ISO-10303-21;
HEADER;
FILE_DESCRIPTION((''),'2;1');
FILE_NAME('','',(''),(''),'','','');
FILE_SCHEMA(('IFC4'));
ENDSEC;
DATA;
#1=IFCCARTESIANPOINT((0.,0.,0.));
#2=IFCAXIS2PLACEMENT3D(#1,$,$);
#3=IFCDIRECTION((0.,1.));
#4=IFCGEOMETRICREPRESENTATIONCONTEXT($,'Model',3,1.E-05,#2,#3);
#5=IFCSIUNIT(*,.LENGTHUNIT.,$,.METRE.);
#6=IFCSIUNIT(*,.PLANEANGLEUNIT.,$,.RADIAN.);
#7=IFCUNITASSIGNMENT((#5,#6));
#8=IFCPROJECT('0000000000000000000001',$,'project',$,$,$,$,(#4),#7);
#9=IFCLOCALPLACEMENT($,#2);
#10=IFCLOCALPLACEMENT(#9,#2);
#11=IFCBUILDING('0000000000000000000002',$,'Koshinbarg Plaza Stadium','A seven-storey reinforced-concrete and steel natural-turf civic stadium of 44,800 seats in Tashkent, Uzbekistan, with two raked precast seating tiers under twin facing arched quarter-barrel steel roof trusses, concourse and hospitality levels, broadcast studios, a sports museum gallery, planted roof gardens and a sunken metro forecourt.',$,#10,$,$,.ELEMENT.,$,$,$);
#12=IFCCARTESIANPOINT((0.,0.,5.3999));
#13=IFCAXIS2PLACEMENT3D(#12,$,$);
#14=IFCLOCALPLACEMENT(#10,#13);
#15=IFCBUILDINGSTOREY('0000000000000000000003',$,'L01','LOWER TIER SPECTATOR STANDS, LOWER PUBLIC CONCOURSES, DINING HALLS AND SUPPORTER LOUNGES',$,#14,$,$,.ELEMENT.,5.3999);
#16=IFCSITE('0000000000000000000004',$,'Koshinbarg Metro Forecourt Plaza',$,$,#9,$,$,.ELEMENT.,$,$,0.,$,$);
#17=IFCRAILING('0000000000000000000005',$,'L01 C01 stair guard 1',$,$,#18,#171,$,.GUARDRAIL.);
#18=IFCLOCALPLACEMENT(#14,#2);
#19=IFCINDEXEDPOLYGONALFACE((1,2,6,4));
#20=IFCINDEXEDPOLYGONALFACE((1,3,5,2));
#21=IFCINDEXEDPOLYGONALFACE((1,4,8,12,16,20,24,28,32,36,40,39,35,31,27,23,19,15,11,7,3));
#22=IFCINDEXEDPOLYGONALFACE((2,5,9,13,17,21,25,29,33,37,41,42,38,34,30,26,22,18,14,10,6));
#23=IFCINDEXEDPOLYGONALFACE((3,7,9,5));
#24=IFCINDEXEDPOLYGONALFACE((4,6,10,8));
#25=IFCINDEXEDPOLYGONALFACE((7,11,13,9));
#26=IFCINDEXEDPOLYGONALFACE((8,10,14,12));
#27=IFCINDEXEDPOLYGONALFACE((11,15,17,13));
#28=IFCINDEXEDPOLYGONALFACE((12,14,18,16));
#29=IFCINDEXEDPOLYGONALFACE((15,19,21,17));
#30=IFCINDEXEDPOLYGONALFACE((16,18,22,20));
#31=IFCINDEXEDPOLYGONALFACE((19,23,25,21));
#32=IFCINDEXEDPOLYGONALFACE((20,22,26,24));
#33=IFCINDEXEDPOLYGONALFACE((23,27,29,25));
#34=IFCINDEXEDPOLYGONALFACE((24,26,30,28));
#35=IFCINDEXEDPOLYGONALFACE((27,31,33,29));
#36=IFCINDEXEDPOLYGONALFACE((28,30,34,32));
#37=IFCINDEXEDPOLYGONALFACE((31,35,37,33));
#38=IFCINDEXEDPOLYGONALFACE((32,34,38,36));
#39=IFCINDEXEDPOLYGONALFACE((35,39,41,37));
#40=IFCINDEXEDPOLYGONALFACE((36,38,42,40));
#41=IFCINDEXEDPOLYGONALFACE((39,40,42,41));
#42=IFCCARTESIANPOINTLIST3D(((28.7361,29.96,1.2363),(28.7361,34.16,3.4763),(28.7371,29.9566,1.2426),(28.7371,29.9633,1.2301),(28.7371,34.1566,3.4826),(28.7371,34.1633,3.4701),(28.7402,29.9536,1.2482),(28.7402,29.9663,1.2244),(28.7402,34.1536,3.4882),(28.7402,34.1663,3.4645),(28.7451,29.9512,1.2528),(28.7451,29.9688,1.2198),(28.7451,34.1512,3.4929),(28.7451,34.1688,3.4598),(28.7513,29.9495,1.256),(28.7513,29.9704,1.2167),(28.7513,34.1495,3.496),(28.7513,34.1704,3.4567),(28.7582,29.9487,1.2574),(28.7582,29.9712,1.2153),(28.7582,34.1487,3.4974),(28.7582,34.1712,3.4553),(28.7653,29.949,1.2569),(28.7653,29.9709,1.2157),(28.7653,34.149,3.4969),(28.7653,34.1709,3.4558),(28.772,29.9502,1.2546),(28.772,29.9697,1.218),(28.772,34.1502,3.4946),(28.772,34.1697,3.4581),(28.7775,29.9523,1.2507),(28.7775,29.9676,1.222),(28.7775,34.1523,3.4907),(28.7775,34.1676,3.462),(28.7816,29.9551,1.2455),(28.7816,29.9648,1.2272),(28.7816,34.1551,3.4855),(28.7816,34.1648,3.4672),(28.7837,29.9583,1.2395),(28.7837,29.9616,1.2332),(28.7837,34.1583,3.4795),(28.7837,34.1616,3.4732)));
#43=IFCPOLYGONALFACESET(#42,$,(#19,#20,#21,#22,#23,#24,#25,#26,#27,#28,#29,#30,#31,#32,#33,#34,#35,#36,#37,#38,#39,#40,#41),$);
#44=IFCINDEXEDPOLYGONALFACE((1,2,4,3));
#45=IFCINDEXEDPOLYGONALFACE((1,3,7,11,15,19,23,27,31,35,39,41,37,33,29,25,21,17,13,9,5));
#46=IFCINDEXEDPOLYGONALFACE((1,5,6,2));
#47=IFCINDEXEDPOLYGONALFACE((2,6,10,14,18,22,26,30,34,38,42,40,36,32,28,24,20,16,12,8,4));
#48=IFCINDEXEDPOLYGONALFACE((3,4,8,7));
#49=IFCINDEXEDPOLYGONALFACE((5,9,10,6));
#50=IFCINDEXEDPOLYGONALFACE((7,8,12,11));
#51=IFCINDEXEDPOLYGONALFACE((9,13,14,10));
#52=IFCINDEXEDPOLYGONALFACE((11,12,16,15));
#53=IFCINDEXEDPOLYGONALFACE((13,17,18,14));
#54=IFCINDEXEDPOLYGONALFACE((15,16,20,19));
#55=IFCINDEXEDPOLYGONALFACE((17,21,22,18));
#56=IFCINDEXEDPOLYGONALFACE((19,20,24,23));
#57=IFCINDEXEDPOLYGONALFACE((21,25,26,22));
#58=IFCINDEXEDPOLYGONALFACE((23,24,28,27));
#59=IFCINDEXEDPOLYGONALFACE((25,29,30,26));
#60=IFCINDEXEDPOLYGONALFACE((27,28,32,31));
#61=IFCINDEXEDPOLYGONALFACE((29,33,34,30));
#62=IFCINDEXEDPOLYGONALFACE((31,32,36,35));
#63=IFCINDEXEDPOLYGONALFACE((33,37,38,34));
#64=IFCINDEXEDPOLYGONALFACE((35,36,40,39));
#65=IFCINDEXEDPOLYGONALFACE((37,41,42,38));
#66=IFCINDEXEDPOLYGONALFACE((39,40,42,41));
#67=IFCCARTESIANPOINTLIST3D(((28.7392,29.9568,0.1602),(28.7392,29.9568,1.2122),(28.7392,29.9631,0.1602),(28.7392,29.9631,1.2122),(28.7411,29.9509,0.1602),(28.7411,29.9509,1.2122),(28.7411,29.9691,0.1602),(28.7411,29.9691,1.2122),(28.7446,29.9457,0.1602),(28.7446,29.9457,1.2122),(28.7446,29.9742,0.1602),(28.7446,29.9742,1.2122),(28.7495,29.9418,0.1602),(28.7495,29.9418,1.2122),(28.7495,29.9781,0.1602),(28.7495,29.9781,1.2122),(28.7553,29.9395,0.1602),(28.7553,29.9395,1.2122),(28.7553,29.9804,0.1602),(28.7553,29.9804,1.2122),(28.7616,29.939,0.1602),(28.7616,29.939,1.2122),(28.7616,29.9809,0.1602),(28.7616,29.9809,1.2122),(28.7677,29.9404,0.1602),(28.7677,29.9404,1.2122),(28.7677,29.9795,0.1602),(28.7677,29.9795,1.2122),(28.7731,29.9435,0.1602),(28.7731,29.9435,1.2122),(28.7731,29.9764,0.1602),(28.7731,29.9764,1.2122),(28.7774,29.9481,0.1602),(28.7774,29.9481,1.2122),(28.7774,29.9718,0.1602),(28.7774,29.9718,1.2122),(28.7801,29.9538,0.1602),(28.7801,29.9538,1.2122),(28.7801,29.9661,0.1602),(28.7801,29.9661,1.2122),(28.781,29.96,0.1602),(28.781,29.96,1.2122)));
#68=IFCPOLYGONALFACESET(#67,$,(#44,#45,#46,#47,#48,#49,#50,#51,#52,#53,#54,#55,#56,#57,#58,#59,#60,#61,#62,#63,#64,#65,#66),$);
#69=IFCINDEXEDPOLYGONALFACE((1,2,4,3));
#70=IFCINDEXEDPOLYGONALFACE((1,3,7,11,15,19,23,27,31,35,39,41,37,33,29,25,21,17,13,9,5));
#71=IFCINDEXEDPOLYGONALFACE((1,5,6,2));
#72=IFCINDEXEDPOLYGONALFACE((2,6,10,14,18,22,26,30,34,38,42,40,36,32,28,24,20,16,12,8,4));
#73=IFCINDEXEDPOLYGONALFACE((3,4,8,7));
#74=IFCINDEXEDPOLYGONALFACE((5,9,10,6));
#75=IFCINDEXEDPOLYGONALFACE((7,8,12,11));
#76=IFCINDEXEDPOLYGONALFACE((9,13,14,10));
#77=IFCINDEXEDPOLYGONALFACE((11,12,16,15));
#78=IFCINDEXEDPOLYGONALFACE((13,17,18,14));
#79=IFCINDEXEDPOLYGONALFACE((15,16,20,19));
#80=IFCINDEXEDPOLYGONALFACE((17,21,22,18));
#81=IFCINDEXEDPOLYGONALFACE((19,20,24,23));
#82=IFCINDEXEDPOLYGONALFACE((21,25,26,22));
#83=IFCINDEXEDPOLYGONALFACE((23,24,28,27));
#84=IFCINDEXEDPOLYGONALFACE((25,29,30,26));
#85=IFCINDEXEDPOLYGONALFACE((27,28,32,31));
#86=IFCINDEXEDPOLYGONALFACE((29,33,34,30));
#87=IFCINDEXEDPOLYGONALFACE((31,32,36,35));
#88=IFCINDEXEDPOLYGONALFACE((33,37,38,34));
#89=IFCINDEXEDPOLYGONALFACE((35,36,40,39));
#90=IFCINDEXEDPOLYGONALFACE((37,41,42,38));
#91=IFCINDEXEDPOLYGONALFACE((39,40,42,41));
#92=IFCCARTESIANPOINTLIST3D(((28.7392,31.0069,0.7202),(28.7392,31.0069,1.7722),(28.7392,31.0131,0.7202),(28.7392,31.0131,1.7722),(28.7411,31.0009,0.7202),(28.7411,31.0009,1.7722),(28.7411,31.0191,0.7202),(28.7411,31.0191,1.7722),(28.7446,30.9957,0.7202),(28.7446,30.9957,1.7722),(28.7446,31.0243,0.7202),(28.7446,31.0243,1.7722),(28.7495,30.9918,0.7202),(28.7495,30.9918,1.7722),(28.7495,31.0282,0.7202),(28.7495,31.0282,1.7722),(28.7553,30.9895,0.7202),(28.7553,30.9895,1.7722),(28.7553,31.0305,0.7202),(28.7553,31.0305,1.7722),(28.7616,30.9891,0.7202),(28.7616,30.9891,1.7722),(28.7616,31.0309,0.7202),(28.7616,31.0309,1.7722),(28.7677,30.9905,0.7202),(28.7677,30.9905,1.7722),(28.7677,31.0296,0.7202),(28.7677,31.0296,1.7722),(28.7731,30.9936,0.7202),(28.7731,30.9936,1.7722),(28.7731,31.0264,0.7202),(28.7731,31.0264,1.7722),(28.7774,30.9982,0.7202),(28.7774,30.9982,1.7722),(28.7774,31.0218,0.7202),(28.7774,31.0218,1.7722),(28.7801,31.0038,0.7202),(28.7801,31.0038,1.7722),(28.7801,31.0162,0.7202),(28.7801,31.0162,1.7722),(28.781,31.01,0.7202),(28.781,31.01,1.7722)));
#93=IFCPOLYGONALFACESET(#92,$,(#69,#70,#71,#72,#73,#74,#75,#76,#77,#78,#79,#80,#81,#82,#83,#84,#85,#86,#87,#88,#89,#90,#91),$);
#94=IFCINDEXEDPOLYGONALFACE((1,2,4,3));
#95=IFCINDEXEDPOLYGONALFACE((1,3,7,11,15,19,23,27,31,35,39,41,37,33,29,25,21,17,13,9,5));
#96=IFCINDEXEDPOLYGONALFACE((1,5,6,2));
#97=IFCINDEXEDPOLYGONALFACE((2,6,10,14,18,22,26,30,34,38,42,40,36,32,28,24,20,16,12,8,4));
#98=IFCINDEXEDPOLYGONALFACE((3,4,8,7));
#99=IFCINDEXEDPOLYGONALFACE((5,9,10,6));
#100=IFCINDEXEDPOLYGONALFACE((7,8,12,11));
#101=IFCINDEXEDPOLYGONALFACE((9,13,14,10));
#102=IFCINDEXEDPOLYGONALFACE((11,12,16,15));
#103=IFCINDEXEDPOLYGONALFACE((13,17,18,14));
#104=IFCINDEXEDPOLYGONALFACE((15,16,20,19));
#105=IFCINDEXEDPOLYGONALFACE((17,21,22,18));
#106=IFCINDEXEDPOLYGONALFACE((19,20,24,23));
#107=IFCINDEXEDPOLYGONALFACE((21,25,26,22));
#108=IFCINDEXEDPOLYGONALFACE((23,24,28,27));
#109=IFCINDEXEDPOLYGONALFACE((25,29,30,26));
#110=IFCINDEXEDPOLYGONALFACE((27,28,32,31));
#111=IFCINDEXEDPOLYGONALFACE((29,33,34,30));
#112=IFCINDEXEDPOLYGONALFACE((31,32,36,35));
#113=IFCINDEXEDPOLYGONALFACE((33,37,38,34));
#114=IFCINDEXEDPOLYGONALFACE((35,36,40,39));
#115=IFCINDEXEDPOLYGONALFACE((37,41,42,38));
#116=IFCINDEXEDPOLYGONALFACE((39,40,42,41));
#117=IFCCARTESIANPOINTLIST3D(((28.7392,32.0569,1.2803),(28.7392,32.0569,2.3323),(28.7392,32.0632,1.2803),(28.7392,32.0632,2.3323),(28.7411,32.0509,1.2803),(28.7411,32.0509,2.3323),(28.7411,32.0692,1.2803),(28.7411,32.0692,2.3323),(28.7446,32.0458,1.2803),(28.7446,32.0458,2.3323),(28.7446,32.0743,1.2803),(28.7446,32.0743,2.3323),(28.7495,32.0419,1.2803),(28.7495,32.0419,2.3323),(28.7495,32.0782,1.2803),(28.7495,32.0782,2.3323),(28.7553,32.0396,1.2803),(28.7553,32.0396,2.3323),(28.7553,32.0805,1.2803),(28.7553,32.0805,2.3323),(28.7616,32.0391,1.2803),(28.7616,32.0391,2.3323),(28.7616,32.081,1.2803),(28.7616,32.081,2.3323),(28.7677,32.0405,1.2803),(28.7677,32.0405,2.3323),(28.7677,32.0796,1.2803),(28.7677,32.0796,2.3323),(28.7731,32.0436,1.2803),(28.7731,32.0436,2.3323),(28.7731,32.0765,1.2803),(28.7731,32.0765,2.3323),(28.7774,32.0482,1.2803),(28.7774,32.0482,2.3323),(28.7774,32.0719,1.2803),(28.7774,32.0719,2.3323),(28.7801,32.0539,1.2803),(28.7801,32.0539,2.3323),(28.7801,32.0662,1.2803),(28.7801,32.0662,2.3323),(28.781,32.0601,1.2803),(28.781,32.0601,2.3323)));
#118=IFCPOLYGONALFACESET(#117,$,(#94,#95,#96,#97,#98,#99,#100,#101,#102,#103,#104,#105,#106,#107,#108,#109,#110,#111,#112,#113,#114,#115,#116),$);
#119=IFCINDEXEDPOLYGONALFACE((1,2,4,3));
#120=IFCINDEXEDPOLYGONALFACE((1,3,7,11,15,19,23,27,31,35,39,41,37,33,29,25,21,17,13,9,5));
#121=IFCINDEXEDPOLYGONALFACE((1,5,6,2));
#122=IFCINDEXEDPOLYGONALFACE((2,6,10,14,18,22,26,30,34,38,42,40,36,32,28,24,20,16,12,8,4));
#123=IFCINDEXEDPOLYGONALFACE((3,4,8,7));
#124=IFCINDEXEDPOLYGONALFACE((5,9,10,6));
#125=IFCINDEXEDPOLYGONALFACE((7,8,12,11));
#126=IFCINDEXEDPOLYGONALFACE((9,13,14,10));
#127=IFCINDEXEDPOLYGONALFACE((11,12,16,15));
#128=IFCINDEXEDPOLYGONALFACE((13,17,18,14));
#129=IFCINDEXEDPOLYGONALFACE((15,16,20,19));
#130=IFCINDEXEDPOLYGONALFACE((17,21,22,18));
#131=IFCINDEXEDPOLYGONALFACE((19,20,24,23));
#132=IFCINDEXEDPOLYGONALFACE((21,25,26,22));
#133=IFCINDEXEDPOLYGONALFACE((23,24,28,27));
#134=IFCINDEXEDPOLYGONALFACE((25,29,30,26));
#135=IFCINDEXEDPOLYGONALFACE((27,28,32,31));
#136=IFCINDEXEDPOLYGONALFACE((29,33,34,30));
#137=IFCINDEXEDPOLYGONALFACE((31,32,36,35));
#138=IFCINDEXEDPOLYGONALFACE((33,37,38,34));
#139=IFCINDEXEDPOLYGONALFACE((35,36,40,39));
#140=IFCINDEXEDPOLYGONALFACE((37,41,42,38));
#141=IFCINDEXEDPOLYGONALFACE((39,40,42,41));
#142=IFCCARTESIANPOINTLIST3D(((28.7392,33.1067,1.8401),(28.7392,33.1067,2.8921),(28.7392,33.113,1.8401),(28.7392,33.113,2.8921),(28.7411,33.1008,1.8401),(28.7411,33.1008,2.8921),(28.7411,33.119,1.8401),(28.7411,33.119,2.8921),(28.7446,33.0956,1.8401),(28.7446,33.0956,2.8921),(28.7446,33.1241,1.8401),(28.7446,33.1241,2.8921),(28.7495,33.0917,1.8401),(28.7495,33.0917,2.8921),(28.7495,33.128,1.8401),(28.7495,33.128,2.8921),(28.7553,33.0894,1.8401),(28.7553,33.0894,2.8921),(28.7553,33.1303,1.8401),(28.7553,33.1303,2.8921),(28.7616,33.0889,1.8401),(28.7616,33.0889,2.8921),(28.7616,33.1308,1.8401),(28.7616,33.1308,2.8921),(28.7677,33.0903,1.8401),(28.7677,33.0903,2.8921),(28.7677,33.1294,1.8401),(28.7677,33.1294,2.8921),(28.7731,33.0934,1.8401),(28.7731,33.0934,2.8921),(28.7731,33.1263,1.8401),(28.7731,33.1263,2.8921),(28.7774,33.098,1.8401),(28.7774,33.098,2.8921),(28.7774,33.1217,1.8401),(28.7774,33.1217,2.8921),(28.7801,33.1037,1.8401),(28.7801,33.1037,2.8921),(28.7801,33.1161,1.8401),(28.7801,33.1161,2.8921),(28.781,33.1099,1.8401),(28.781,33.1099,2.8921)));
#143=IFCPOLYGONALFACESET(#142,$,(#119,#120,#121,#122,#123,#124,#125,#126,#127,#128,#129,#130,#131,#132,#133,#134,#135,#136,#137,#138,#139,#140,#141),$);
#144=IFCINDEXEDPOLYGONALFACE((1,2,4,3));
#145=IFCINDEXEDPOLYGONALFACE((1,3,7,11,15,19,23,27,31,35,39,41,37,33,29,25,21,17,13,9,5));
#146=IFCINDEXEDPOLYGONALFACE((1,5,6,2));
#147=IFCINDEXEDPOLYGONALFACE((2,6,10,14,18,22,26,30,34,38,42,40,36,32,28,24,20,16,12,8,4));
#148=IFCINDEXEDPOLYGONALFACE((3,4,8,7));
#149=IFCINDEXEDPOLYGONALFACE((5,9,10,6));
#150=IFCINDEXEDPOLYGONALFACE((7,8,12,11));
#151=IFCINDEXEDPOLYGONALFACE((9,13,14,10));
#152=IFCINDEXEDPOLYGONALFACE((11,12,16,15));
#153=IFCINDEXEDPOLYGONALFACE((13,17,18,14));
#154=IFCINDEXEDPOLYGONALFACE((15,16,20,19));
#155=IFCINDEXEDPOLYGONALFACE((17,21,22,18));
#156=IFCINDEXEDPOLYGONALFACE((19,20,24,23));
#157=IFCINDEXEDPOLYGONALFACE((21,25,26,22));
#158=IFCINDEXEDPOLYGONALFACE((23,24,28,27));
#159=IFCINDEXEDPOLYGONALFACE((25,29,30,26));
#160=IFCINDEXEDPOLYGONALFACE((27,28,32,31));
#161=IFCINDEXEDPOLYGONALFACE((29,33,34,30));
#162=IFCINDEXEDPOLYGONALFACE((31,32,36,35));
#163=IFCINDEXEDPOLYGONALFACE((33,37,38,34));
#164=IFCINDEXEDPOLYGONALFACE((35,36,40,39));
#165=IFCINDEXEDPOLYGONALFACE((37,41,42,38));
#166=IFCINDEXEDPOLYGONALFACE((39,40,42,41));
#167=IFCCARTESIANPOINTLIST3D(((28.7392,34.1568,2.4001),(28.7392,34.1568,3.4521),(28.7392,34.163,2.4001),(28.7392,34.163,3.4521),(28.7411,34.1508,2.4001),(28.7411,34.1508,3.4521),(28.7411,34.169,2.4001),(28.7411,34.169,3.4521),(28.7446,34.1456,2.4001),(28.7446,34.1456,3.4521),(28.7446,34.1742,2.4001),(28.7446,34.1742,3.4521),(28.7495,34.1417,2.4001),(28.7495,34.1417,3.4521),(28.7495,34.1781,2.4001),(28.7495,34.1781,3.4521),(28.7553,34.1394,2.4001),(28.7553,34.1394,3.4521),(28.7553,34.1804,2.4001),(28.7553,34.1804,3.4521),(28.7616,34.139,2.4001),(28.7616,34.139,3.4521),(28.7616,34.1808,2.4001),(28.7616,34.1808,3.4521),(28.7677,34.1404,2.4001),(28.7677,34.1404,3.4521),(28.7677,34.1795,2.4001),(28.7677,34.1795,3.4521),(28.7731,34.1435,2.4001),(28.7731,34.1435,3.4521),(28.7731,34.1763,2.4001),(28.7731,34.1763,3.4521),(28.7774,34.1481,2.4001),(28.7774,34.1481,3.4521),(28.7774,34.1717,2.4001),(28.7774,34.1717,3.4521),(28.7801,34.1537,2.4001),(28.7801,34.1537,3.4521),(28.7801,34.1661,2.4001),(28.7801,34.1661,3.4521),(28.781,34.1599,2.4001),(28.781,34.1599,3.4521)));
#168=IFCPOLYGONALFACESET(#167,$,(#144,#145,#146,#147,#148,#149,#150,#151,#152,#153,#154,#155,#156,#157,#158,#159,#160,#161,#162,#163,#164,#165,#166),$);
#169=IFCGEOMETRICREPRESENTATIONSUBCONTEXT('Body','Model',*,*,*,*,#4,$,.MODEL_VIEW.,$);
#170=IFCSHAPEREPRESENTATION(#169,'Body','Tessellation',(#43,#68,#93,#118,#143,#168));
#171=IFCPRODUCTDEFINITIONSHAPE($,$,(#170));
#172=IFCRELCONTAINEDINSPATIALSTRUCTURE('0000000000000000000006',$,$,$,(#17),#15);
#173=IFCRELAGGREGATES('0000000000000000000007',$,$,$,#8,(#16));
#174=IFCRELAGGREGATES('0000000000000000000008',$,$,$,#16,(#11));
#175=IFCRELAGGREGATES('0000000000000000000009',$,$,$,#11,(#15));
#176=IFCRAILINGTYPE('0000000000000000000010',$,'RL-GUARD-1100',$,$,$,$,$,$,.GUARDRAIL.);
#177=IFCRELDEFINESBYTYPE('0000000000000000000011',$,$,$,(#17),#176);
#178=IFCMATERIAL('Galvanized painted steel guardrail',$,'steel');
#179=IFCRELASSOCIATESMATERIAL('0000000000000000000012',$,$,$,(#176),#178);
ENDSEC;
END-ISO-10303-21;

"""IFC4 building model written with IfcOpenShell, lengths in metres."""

from ifc_helpers import new_model, si_unit, direction, frame, origin, origin_2d, place, context, subcontext, project, spatial, circle, extrude, material, type_object, element, save


model = new_model("IFC4")

# Units and contexts
model_context = context("Model", 3, precision=1e-05, world=origin(), true_north=direction((0.0, 1.0)))
body_context = subcontext(model_context, "Body", "Model", "MODEL_VIEW")
ifc_project = project(units=[si_unit("LENGTHUNIT", "METRE"), si_unit("PLANEANGLEUNIT", "RADIAN")], contexts=[model_context])

# Site, building, storey
site_placement = place(None, origin())
site = spatial("IfcSite", under=ifc_project, at=site_placement, Name="Koshinbarg Metro Forecourt Plaza", CompositionType="ELEMENT", RefElevation=0.0)
building_placement = place(site_placement, origin())
building = spatial("IfcBuilding", under=site, at=building_placement, Name="Koshinbarg Plaza Stadium", Description="A seven-storey reinforced-concrete and steel natural-turf civic stadium of 44,800 seats in Tashkent, Uzbekistan, with two raked precast seating tiers under twin facing arched quarter-barrel steel roof trusses, concourse and hospitality levels, broadcast studios, a sports museum gallery, planted roof gardens and a sunken metro forecourt.", CompositionType="ELEMENT")
storey_placement = place(building_placement, frame((0.0, 0.0, 5.3999)))
storey = spatial("IfcBuildingStorey", under=building, at=storey_placement, Name="L01", Description="LOWER TIER SPECTATOR STANDS, LOWER PUBLIC CONCOURSES, DINING HALLS AND SUPPORTER LOUNGES", CompositionType="ELEMENT", Elevation=5.3999)

# Railing
ifc_material_1 = material(Name="Galvanized painted steel guardrail", Category="steel")
railing_type_1 = type_object("IfcRailingType", Name="RL-GUARD-1100", PredefinedType="GUARDRAIL", material=ifc_material_1)
railing_1_placement = place(storey_placement, frame((28.76, 29.96, 0.1602)))
element("IfcRailing", 1, at=railing_1_placement, inside=storey, type_object=railing_type_1, Name="L01 C01 stair guard 1", PredefinedType="GUARDRAIL", context=body_context, shape_type="SweptSolid", body=[
    extrude(circle(Radius=0.0239, at=origin_2d()), frame((0.0, 0.0, 1.0762), z_axis=(0.0, 0.882352, 0.470591), x_axis=(-1.0, 0.0, 0.0)), (0.0, 0.0, 1.0), 4.76),
    extrude(circle(Radius=0.021, at=origin_2d()), origin(), (0.0, 0.0, 1.0), 1.052),
    extrude(circle(Radius=0.021, at=origin_2d()), frame((0.0, 1.05, 0.5601)), (0.0, 0.0, 1.0), 1.052),
    extrude(circle(Radius=0.021, at=origin_2d()), frame((0.0, 2.1001, 1.1201)), (0.0, 0.0, 1.0), 1.052),
    extrude(circle(Radius=0.021, at=origin_2d()), frame((0.0, 3.1499, 1.6799)), (0.0, 0.0, 1.0), 1.052),
    extrude(circle(Radius=0.021, at=origin_2d()), frame((0.0, 4.2, 2.24)), (0.0, 0.0, 1.0), 1.052),
])

save(model, "model.ifc")
